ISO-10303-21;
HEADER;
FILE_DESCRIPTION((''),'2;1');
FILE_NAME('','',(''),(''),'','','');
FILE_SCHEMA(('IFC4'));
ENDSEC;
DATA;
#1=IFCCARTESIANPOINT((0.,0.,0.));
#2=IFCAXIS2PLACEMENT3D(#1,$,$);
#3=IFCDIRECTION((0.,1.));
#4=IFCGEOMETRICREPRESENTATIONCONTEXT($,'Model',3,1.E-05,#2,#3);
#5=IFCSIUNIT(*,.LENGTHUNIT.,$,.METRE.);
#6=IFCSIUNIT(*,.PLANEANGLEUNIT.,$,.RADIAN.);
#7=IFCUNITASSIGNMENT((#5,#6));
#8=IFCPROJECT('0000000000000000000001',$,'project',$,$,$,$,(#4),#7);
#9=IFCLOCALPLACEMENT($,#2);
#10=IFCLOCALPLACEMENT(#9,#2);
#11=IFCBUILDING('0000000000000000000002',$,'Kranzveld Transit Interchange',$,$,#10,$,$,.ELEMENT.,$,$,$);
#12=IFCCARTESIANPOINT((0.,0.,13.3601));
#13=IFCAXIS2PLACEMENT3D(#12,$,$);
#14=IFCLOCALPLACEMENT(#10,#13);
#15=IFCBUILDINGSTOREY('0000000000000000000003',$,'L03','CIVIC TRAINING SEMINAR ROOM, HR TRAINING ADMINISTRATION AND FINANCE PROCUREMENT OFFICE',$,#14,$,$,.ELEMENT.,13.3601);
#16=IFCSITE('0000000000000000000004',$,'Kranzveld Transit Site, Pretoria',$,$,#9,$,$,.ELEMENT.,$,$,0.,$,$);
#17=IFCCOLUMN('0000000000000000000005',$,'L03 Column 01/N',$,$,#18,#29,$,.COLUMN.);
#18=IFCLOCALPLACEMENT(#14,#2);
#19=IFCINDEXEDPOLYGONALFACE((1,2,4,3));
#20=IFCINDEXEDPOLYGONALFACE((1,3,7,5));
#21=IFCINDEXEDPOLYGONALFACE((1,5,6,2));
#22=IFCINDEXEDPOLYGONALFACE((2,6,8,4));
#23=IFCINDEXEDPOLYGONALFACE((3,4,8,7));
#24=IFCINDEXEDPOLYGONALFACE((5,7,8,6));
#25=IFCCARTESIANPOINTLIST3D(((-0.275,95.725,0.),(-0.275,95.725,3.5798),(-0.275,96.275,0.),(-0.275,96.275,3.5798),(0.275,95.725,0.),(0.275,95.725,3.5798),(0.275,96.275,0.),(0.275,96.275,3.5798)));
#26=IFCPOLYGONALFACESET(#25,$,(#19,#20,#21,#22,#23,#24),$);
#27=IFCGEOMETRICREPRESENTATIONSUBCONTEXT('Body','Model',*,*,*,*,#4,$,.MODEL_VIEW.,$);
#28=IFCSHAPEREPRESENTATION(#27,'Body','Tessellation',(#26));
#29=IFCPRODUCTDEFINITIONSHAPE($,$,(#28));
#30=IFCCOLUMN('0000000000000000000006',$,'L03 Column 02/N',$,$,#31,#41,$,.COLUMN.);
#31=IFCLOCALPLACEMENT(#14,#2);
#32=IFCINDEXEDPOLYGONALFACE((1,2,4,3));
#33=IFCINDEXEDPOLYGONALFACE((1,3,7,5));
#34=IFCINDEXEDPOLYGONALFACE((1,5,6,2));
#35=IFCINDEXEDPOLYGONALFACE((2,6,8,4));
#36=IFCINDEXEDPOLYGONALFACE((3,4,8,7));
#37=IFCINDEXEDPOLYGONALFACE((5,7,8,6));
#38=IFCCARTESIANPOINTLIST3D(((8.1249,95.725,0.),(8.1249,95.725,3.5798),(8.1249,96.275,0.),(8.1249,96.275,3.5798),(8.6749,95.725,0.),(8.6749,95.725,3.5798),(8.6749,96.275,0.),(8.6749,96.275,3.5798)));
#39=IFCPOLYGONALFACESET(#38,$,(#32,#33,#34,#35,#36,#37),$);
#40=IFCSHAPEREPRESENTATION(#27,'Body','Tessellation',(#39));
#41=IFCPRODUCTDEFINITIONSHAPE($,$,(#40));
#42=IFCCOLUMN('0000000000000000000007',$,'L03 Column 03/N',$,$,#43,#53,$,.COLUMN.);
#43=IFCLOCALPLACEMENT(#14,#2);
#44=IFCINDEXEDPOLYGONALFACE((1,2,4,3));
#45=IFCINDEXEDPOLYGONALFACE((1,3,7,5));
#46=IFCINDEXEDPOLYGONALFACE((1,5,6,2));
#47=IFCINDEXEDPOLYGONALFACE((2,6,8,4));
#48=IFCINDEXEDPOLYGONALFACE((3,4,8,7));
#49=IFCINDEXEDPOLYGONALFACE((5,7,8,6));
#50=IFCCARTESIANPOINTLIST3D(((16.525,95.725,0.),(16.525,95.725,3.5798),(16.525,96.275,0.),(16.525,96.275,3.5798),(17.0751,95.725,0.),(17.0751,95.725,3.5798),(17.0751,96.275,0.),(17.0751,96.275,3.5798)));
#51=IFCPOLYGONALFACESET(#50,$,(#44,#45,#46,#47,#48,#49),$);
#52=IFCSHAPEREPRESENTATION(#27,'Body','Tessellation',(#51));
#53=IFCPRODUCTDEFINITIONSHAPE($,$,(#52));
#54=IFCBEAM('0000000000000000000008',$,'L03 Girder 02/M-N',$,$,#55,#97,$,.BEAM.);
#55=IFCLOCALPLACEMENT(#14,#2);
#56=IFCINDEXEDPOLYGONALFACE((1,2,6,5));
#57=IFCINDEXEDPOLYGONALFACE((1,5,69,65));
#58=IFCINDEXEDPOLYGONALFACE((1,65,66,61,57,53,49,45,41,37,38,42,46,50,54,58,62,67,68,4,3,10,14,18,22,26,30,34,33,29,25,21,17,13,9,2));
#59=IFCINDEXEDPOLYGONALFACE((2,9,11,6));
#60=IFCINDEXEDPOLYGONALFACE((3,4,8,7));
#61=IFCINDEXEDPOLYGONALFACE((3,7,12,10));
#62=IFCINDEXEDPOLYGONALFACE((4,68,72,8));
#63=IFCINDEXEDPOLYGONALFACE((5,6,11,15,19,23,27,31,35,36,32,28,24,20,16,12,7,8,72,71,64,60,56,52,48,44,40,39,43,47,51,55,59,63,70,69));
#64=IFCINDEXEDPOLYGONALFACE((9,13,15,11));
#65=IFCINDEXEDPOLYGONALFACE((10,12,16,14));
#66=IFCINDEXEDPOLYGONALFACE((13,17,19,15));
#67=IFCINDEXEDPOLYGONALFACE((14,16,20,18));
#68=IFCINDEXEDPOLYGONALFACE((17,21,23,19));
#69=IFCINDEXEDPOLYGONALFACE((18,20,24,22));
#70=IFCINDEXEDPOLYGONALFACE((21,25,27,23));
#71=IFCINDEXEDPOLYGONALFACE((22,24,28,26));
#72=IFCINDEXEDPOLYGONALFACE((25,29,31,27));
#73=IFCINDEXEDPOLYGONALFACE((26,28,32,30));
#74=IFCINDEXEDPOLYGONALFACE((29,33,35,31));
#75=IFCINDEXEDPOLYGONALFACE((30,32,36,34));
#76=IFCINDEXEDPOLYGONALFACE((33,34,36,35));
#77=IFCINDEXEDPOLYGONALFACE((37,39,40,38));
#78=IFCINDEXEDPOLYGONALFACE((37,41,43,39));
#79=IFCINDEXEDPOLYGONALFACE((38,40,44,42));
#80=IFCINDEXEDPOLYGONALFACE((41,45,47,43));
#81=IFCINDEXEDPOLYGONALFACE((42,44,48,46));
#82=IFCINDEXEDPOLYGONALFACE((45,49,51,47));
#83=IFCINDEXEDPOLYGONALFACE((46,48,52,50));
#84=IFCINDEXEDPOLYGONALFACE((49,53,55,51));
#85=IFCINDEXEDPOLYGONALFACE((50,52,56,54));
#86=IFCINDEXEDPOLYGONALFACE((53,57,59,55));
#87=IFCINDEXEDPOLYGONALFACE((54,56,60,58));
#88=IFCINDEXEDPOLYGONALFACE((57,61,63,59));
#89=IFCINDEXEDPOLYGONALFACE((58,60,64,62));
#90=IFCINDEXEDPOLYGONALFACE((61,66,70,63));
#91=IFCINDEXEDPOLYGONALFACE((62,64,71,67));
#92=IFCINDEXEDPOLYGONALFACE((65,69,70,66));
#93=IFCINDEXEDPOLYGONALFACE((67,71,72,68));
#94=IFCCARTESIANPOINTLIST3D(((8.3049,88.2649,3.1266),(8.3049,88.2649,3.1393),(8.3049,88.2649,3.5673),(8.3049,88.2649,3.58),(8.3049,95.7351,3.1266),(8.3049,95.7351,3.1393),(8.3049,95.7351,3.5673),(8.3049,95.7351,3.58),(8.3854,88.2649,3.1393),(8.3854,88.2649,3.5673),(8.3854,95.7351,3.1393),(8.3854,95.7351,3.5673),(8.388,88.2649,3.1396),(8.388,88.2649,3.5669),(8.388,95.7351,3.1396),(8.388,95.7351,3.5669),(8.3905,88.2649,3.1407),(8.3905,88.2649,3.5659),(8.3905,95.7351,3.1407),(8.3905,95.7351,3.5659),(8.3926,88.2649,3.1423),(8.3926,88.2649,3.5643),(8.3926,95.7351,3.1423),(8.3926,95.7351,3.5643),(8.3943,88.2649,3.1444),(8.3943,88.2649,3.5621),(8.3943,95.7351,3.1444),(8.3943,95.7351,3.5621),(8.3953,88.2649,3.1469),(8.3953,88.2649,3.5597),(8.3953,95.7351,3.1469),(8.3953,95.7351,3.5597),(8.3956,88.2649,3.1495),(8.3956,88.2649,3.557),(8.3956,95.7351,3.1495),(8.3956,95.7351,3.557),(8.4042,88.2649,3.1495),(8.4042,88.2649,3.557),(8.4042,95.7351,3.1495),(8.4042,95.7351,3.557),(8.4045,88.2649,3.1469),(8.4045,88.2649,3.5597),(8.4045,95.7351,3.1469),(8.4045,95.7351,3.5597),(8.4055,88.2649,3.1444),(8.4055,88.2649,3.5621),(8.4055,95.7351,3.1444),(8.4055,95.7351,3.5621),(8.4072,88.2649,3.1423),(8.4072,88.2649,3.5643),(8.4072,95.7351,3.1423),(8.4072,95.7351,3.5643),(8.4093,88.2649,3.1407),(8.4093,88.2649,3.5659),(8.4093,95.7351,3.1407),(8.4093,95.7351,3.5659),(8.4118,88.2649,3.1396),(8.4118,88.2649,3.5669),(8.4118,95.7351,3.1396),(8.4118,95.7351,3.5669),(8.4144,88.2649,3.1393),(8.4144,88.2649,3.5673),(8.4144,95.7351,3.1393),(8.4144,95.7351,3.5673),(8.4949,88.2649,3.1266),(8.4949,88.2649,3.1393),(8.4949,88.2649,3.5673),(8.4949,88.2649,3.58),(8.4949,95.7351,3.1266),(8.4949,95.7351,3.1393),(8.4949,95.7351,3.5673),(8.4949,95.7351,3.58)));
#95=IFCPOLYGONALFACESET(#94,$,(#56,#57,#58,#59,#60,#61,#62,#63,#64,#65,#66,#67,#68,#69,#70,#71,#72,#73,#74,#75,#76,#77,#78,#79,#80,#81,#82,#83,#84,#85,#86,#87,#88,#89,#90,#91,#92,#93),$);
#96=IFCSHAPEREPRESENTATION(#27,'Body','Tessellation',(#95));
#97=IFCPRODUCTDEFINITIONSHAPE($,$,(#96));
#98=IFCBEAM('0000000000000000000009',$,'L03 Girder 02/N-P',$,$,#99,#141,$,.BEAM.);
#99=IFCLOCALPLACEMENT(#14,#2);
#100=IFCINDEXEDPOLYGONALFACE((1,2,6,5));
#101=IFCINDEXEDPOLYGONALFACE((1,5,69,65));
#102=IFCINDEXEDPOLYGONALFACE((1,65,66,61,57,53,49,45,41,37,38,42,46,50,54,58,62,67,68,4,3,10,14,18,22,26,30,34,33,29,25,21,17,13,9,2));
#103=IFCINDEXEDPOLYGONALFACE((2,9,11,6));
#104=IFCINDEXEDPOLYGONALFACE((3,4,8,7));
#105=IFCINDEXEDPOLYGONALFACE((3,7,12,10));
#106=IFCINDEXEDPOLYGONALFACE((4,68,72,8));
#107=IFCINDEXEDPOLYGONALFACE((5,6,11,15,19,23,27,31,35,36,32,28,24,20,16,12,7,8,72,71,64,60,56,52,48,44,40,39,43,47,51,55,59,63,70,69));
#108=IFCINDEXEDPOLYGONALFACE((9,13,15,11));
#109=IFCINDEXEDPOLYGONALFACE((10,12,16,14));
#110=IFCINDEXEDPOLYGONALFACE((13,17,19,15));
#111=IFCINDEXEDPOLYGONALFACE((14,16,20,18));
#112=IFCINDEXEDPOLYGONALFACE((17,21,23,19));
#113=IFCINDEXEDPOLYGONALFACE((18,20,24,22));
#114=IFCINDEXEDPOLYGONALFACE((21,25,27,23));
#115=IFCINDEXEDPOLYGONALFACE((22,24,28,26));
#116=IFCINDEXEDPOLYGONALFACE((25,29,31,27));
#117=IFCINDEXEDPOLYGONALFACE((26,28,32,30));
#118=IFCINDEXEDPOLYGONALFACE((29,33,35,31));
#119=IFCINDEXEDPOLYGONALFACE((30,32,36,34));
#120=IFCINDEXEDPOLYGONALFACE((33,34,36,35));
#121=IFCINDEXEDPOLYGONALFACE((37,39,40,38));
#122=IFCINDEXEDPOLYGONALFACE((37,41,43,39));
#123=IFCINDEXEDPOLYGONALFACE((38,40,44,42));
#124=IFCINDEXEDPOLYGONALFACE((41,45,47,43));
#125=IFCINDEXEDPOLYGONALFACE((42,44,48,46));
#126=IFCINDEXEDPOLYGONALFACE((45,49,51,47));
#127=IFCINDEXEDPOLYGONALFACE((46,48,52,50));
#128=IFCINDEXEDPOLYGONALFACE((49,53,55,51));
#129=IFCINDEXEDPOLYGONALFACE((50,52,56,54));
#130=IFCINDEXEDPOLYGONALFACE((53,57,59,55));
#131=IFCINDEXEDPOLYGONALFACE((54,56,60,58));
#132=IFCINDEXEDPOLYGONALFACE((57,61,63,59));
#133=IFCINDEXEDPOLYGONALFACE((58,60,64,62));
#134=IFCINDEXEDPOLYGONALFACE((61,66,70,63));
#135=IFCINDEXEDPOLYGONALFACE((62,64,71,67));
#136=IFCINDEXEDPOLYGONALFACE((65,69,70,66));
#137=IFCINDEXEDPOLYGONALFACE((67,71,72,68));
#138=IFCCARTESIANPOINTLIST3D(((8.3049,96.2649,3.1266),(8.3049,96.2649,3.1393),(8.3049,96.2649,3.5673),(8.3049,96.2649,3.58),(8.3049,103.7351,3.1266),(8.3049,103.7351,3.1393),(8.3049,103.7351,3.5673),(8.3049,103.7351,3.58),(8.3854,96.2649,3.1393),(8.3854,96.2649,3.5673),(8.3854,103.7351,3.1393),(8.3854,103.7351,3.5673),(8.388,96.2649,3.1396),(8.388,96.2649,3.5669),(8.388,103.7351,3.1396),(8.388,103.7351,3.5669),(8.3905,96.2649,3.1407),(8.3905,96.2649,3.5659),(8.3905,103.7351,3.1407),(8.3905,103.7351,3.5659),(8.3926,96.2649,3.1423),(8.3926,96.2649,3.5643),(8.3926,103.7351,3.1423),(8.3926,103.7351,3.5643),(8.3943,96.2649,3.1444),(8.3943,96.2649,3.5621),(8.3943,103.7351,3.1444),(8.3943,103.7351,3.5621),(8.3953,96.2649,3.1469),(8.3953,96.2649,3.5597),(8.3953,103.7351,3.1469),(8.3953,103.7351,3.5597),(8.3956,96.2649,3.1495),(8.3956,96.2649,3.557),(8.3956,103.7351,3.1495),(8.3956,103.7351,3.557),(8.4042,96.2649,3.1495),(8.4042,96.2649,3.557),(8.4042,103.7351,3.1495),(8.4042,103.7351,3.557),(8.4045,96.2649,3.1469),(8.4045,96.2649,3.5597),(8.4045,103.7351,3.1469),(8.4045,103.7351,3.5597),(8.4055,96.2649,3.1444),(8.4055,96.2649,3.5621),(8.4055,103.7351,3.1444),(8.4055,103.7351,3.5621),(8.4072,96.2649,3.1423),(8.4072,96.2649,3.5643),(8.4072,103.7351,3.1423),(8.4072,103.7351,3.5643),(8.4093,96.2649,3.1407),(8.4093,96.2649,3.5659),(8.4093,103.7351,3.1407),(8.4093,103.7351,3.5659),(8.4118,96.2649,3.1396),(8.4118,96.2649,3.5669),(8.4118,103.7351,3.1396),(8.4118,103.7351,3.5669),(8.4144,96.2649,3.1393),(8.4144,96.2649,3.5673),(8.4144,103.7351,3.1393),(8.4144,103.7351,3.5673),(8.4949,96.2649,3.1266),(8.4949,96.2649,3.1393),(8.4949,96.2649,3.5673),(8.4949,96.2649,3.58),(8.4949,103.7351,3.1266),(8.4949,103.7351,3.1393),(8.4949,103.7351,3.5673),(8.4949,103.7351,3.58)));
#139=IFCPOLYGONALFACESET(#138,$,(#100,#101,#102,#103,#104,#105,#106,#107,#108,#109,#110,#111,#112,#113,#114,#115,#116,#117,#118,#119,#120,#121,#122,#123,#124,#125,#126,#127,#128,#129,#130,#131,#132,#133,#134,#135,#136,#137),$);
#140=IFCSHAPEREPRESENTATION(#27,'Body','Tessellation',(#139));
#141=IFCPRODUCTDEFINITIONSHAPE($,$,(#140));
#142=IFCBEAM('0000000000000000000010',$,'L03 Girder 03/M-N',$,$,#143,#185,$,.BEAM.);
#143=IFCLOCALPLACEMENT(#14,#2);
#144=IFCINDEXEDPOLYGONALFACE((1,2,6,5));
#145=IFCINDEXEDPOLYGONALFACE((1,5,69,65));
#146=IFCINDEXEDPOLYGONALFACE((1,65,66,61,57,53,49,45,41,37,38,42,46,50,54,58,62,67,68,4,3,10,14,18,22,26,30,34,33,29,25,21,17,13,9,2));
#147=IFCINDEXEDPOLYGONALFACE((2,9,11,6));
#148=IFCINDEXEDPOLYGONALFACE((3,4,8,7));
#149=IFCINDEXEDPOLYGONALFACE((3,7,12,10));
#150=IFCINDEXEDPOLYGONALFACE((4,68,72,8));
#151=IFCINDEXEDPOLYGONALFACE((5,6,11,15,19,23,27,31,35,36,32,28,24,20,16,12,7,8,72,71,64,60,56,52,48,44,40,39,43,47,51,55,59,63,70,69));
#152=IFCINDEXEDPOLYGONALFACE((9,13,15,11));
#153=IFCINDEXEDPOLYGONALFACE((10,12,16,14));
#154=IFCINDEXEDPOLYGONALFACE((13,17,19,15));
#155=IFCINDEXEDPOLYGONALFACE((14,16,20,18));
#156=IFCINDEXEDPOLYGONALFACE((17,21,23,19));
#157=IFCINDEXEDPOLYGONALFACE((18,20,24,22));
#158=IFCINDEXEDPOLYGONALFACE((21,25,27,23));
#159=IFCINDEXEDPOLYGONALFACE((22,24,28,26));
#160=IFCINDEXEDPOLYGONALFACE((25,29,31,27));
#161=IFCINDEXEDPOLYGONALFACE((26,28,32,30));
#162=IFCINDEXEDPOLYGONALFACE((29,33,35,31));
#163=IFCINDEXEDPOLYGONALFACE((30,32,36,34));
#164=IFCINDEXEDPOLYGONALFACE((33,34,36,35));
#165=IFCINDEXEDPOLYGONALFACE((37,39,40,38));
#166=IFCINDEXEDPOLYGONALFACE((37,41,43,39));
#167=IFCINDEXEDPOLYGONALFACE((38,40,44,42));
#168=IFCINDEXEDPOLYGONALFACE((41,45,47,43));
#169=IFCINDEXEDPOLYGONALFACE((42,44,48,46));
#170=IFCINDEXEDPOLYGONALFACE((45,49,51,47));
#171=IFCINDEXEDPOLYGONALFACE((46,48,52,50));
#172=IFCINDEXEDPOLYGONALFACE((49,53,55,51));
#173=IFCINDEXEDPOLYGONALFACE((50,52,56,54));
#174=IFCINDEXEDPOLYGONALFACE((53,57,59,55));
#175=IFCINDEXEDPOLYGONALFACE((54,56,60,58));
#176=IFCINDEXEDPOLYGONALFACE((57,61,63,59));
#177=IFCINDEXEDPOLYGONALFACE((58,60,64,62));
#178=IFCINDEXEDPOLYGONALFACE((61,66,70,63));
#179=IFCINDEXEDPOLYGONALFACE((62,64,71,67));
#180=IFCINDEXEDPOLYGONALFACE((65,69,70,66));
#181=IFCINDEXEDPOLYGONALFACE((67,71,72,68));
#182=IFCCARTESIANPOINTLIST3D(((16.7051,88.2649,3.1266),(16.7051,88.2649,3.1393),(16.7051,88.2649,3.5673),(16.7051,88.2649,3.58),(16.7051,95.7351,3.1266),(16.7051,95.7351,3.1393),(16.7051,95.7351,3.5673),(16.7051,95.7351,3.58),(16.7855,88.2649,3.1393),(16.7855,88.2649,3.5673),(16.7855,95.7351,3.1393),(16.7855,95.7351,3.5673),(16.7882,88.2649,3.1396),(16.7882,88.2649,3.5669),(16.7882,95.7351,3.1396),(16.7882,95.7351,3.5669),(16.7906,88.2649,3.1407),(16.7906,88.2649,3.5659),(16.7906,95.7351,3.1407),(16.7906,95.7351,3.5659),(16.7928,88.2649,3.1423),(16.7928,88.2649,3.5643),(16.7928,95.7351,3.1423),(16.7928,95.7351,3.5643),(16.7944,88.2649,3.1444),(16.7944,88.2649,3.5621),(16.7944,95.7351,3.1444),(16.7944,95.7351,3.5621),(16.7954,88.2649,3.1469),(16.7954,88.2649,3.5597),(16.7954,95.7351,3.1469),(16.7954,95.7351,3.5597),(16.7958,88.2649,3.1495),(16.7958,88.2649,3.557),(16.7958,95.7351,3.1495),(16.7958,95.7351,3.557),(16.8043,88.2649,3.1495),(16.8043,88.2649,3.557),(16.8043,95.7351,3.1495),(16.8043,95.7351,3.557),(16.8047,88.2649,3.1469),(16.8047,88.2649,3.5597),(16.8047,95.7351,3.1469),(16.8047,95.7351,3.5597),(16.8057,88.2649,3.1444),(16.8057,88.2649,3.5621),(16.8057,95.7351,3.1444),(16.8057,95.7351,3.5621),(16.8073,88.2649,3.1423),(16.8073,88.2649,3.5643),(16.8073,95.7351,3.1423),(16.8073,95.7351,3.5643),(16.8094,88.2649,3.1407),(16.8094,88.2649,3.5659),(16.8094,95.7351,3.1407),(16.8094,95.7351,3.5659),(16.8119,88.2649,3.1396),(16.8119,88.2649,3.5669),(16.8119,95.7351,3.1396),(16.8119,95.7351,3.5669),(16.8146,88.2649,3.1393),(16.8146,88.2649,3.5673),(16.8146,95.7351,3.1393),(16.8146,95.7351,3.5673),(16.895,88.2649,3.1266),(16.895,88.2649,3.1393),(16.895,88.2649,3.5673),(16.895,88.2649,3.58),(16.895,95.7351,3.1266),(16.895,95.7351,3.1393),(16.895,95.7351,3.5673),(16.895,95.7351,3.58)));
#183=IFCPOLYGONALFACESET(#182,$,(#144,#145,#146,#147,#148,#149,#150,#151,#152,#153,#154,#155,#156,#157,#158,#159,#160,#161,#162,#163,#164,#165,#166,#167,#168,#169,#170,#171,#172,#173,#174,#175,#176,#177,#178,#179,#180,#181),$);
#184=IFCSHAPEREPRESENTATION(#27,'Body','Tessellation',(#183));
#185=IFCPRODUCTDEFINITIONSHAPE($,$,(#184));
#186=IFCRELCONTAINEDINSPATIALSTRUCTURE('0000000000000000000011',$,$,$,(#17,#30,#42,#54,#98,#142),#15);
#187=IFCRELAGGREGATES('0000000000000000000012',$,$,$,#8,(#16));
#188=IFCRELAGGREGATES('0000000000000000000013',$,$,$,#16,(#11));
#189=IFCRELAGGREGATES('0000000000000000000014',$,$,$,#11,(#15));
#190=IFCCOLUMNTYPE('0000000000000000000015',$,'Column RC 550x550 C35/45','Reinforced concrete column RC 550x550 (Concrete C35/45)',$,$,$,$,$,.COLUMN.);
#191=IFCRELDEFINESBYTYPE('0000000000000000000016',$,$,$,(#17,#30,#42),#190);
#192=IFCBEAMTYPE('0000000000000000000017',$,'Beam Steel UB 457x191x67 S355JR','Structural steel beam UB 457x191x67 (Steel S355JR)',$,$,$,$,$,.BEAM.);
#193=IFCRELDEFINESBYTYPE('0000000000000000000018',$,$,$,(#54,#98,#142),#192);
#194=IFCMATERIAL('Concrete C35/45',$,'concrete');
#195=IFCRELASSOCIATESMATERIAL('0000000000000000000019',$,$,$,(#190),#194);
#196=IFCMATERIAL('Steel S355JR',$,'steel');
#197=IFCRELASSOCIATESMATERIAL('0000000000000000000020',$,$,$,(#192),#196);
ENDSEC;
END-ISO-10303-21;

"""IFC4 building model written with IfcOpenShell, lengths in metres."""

from ifc_helpers import new_model, si_unit, direction, frame, origin, origin_2d, place, context, subcontext, project, spatial, rectangle, i_section, extrude, material, material_profile, profile_set, type_object, element, save


model = new_model("IFC4")

# Units and contexts
model_context = context("Model", 3, precision=1e-05, world=origin(), true_north=direction((0.0, 1.0)))
body_context = subcontext(model_context, "Body", "Model", "MODEL_VIEW")
ifc_project = project(units=[si_unit("LENGTHUNIT", "METRE"), si_unit("PLANEANGLEUNIT", "RADIAN")], contexts=[model_context])

# Site, building, storey
site_placement = place(None, origin())
site = spatial("IfcSite", under=ifc_project, at=site_placement, Name="Kranzveld Transit Site, Pretoria", CompositionType="ELEMENT", RefElevation=0.0)
building_placement = place(site_placement, origin())
building = spatial("IfcBuilding", under=site, at=building_placement, Name="Kranzveld Transit Interchange", CompositionType="ELEMENT")
storey_placement = place(building_placement, frame((0.0, 0.0, 13.3601)))
storey = spatial("IfcBuildingStorey", under=building, at=storey_placement, Name="L03", Description="CIVIC TRAINING SEMINAR ROOM, HR TRAINING ADMINISTRATION AND FINANCE PROCUREMENT OFFICE", CompositionType="ELEMENT", Elevation=13.3601)

# Columns
ifc_material_1 = material(Name="Concrete C35/45", Category="concrete")
ifc_material_profile_1 = material_profile(ifc_material_1, rectangle(XDim=0.55, YDim=0.55, at=origin_2d()), Name="RC 550x550")
ifc_profile_set_1 = profile_set([ifc_material_profile_1], Name="Concrete C35/45")
column_type = type_object("IfcColumnType", Name="Column RC 550x550 C35/45", Description="Reinforced concrete column RC 550x550 (Concrete C35/45)", PredefinedType="COLUMN", material=ifc_profile_set_1)
for number, where, z_axis, x_axis, name in (
    (1, (0.0, 96.0, 0.0), (0.0, 0.0, 1.0), (1.0, 0.0, 0.0), "L03 Column 01/N"),
    (2, (8.3999, 96.0, 0.0), (0.0, 0.0, 1.0), (1.0, 0.0, 0.0), "L03 Column 02/N"),
    (3, (16.8, 96.0, 0.0), (0.0, 0.0, 1.0), (1.0, 0.0, 0.0), "L03 Column 03/N"),
):
    element("IfcColumn", number, at=place(storey_placement, frame(where, z_axis=z_axis, x_axis=x_axis)), inside=storey, type_object=column_type, Name=name, PredefinedType="COLUMN", context=body_context, shape_type="SweptSolid", body=[
        extrude(rectangle(XDim=0.55, YDim=0.55, at=origin_2d()), origin(), (0.0, 0.0, 1.0), 3.5798),
    ])

# Beams
ifc_material_2 = material(Name="Steel S355JR", Category="steel")
ifc_material_profile_2 = material_profile(ifc_material_2, i_section(OverallWidth=0.1899, OverallDepth=0.4534, WebThickness=0.0085, FlangeThickness=0.0127, FilletRadius=0.0103, at=origin_2d()), Name="UB 457x191x67")
ifc_profile_set_2 = profile_set([ifc_material_profile_2], Name="Steel S355JR")
beam_type_1 = type_object("IfcBeamType", Name="Beam Steel UB 457x191x67 S355JR", Description="Structural steel beam UB 457x191x67 (Steel S355JR)", PredefinedType="BEAM", material=ifc_profile_set_2)
for number, where, z_axis, x_axis, name in (
    (4, (8.3999, 88.2649, 3.3533), (0.0, 1.0, 0.0), (-1.0, 0.0, 0.0), "L03 Girder 02/M-N"),
    (5, (8.3999, 96.2649, 3.3533), (0.0, 1.0, 0.0), (-1.0, 0.0, 0.0), "L03 Girder 02/N-P"),
    (6, (16.8, 88.2649, 3.3533), (0.0, 1.0, 0.0), (-1.0, 0.0, 0.0), "L03 Girder 03/M-N"),
):
    element("IfcBeam", number, at=place(storey_placement, frame(where, z_axis=z_axis, x_axis=x_axis)), inside=storey, type_object=beam_type_1, Name=name, PredefinedType="BEAM", context=body_context, shape_type="SweptSolid", body=[
        extrude(i_section(OverallWidth=0.1899, OverallDepth=0.4534, WebThickness=0.0085, FlangeThickness=0.0127, FilletRadius=0.0103, at=origin_2d()), origin(), (0.0, 0.0, 1.0), 7.4702),
    ])

save(model, "model.ifc")
